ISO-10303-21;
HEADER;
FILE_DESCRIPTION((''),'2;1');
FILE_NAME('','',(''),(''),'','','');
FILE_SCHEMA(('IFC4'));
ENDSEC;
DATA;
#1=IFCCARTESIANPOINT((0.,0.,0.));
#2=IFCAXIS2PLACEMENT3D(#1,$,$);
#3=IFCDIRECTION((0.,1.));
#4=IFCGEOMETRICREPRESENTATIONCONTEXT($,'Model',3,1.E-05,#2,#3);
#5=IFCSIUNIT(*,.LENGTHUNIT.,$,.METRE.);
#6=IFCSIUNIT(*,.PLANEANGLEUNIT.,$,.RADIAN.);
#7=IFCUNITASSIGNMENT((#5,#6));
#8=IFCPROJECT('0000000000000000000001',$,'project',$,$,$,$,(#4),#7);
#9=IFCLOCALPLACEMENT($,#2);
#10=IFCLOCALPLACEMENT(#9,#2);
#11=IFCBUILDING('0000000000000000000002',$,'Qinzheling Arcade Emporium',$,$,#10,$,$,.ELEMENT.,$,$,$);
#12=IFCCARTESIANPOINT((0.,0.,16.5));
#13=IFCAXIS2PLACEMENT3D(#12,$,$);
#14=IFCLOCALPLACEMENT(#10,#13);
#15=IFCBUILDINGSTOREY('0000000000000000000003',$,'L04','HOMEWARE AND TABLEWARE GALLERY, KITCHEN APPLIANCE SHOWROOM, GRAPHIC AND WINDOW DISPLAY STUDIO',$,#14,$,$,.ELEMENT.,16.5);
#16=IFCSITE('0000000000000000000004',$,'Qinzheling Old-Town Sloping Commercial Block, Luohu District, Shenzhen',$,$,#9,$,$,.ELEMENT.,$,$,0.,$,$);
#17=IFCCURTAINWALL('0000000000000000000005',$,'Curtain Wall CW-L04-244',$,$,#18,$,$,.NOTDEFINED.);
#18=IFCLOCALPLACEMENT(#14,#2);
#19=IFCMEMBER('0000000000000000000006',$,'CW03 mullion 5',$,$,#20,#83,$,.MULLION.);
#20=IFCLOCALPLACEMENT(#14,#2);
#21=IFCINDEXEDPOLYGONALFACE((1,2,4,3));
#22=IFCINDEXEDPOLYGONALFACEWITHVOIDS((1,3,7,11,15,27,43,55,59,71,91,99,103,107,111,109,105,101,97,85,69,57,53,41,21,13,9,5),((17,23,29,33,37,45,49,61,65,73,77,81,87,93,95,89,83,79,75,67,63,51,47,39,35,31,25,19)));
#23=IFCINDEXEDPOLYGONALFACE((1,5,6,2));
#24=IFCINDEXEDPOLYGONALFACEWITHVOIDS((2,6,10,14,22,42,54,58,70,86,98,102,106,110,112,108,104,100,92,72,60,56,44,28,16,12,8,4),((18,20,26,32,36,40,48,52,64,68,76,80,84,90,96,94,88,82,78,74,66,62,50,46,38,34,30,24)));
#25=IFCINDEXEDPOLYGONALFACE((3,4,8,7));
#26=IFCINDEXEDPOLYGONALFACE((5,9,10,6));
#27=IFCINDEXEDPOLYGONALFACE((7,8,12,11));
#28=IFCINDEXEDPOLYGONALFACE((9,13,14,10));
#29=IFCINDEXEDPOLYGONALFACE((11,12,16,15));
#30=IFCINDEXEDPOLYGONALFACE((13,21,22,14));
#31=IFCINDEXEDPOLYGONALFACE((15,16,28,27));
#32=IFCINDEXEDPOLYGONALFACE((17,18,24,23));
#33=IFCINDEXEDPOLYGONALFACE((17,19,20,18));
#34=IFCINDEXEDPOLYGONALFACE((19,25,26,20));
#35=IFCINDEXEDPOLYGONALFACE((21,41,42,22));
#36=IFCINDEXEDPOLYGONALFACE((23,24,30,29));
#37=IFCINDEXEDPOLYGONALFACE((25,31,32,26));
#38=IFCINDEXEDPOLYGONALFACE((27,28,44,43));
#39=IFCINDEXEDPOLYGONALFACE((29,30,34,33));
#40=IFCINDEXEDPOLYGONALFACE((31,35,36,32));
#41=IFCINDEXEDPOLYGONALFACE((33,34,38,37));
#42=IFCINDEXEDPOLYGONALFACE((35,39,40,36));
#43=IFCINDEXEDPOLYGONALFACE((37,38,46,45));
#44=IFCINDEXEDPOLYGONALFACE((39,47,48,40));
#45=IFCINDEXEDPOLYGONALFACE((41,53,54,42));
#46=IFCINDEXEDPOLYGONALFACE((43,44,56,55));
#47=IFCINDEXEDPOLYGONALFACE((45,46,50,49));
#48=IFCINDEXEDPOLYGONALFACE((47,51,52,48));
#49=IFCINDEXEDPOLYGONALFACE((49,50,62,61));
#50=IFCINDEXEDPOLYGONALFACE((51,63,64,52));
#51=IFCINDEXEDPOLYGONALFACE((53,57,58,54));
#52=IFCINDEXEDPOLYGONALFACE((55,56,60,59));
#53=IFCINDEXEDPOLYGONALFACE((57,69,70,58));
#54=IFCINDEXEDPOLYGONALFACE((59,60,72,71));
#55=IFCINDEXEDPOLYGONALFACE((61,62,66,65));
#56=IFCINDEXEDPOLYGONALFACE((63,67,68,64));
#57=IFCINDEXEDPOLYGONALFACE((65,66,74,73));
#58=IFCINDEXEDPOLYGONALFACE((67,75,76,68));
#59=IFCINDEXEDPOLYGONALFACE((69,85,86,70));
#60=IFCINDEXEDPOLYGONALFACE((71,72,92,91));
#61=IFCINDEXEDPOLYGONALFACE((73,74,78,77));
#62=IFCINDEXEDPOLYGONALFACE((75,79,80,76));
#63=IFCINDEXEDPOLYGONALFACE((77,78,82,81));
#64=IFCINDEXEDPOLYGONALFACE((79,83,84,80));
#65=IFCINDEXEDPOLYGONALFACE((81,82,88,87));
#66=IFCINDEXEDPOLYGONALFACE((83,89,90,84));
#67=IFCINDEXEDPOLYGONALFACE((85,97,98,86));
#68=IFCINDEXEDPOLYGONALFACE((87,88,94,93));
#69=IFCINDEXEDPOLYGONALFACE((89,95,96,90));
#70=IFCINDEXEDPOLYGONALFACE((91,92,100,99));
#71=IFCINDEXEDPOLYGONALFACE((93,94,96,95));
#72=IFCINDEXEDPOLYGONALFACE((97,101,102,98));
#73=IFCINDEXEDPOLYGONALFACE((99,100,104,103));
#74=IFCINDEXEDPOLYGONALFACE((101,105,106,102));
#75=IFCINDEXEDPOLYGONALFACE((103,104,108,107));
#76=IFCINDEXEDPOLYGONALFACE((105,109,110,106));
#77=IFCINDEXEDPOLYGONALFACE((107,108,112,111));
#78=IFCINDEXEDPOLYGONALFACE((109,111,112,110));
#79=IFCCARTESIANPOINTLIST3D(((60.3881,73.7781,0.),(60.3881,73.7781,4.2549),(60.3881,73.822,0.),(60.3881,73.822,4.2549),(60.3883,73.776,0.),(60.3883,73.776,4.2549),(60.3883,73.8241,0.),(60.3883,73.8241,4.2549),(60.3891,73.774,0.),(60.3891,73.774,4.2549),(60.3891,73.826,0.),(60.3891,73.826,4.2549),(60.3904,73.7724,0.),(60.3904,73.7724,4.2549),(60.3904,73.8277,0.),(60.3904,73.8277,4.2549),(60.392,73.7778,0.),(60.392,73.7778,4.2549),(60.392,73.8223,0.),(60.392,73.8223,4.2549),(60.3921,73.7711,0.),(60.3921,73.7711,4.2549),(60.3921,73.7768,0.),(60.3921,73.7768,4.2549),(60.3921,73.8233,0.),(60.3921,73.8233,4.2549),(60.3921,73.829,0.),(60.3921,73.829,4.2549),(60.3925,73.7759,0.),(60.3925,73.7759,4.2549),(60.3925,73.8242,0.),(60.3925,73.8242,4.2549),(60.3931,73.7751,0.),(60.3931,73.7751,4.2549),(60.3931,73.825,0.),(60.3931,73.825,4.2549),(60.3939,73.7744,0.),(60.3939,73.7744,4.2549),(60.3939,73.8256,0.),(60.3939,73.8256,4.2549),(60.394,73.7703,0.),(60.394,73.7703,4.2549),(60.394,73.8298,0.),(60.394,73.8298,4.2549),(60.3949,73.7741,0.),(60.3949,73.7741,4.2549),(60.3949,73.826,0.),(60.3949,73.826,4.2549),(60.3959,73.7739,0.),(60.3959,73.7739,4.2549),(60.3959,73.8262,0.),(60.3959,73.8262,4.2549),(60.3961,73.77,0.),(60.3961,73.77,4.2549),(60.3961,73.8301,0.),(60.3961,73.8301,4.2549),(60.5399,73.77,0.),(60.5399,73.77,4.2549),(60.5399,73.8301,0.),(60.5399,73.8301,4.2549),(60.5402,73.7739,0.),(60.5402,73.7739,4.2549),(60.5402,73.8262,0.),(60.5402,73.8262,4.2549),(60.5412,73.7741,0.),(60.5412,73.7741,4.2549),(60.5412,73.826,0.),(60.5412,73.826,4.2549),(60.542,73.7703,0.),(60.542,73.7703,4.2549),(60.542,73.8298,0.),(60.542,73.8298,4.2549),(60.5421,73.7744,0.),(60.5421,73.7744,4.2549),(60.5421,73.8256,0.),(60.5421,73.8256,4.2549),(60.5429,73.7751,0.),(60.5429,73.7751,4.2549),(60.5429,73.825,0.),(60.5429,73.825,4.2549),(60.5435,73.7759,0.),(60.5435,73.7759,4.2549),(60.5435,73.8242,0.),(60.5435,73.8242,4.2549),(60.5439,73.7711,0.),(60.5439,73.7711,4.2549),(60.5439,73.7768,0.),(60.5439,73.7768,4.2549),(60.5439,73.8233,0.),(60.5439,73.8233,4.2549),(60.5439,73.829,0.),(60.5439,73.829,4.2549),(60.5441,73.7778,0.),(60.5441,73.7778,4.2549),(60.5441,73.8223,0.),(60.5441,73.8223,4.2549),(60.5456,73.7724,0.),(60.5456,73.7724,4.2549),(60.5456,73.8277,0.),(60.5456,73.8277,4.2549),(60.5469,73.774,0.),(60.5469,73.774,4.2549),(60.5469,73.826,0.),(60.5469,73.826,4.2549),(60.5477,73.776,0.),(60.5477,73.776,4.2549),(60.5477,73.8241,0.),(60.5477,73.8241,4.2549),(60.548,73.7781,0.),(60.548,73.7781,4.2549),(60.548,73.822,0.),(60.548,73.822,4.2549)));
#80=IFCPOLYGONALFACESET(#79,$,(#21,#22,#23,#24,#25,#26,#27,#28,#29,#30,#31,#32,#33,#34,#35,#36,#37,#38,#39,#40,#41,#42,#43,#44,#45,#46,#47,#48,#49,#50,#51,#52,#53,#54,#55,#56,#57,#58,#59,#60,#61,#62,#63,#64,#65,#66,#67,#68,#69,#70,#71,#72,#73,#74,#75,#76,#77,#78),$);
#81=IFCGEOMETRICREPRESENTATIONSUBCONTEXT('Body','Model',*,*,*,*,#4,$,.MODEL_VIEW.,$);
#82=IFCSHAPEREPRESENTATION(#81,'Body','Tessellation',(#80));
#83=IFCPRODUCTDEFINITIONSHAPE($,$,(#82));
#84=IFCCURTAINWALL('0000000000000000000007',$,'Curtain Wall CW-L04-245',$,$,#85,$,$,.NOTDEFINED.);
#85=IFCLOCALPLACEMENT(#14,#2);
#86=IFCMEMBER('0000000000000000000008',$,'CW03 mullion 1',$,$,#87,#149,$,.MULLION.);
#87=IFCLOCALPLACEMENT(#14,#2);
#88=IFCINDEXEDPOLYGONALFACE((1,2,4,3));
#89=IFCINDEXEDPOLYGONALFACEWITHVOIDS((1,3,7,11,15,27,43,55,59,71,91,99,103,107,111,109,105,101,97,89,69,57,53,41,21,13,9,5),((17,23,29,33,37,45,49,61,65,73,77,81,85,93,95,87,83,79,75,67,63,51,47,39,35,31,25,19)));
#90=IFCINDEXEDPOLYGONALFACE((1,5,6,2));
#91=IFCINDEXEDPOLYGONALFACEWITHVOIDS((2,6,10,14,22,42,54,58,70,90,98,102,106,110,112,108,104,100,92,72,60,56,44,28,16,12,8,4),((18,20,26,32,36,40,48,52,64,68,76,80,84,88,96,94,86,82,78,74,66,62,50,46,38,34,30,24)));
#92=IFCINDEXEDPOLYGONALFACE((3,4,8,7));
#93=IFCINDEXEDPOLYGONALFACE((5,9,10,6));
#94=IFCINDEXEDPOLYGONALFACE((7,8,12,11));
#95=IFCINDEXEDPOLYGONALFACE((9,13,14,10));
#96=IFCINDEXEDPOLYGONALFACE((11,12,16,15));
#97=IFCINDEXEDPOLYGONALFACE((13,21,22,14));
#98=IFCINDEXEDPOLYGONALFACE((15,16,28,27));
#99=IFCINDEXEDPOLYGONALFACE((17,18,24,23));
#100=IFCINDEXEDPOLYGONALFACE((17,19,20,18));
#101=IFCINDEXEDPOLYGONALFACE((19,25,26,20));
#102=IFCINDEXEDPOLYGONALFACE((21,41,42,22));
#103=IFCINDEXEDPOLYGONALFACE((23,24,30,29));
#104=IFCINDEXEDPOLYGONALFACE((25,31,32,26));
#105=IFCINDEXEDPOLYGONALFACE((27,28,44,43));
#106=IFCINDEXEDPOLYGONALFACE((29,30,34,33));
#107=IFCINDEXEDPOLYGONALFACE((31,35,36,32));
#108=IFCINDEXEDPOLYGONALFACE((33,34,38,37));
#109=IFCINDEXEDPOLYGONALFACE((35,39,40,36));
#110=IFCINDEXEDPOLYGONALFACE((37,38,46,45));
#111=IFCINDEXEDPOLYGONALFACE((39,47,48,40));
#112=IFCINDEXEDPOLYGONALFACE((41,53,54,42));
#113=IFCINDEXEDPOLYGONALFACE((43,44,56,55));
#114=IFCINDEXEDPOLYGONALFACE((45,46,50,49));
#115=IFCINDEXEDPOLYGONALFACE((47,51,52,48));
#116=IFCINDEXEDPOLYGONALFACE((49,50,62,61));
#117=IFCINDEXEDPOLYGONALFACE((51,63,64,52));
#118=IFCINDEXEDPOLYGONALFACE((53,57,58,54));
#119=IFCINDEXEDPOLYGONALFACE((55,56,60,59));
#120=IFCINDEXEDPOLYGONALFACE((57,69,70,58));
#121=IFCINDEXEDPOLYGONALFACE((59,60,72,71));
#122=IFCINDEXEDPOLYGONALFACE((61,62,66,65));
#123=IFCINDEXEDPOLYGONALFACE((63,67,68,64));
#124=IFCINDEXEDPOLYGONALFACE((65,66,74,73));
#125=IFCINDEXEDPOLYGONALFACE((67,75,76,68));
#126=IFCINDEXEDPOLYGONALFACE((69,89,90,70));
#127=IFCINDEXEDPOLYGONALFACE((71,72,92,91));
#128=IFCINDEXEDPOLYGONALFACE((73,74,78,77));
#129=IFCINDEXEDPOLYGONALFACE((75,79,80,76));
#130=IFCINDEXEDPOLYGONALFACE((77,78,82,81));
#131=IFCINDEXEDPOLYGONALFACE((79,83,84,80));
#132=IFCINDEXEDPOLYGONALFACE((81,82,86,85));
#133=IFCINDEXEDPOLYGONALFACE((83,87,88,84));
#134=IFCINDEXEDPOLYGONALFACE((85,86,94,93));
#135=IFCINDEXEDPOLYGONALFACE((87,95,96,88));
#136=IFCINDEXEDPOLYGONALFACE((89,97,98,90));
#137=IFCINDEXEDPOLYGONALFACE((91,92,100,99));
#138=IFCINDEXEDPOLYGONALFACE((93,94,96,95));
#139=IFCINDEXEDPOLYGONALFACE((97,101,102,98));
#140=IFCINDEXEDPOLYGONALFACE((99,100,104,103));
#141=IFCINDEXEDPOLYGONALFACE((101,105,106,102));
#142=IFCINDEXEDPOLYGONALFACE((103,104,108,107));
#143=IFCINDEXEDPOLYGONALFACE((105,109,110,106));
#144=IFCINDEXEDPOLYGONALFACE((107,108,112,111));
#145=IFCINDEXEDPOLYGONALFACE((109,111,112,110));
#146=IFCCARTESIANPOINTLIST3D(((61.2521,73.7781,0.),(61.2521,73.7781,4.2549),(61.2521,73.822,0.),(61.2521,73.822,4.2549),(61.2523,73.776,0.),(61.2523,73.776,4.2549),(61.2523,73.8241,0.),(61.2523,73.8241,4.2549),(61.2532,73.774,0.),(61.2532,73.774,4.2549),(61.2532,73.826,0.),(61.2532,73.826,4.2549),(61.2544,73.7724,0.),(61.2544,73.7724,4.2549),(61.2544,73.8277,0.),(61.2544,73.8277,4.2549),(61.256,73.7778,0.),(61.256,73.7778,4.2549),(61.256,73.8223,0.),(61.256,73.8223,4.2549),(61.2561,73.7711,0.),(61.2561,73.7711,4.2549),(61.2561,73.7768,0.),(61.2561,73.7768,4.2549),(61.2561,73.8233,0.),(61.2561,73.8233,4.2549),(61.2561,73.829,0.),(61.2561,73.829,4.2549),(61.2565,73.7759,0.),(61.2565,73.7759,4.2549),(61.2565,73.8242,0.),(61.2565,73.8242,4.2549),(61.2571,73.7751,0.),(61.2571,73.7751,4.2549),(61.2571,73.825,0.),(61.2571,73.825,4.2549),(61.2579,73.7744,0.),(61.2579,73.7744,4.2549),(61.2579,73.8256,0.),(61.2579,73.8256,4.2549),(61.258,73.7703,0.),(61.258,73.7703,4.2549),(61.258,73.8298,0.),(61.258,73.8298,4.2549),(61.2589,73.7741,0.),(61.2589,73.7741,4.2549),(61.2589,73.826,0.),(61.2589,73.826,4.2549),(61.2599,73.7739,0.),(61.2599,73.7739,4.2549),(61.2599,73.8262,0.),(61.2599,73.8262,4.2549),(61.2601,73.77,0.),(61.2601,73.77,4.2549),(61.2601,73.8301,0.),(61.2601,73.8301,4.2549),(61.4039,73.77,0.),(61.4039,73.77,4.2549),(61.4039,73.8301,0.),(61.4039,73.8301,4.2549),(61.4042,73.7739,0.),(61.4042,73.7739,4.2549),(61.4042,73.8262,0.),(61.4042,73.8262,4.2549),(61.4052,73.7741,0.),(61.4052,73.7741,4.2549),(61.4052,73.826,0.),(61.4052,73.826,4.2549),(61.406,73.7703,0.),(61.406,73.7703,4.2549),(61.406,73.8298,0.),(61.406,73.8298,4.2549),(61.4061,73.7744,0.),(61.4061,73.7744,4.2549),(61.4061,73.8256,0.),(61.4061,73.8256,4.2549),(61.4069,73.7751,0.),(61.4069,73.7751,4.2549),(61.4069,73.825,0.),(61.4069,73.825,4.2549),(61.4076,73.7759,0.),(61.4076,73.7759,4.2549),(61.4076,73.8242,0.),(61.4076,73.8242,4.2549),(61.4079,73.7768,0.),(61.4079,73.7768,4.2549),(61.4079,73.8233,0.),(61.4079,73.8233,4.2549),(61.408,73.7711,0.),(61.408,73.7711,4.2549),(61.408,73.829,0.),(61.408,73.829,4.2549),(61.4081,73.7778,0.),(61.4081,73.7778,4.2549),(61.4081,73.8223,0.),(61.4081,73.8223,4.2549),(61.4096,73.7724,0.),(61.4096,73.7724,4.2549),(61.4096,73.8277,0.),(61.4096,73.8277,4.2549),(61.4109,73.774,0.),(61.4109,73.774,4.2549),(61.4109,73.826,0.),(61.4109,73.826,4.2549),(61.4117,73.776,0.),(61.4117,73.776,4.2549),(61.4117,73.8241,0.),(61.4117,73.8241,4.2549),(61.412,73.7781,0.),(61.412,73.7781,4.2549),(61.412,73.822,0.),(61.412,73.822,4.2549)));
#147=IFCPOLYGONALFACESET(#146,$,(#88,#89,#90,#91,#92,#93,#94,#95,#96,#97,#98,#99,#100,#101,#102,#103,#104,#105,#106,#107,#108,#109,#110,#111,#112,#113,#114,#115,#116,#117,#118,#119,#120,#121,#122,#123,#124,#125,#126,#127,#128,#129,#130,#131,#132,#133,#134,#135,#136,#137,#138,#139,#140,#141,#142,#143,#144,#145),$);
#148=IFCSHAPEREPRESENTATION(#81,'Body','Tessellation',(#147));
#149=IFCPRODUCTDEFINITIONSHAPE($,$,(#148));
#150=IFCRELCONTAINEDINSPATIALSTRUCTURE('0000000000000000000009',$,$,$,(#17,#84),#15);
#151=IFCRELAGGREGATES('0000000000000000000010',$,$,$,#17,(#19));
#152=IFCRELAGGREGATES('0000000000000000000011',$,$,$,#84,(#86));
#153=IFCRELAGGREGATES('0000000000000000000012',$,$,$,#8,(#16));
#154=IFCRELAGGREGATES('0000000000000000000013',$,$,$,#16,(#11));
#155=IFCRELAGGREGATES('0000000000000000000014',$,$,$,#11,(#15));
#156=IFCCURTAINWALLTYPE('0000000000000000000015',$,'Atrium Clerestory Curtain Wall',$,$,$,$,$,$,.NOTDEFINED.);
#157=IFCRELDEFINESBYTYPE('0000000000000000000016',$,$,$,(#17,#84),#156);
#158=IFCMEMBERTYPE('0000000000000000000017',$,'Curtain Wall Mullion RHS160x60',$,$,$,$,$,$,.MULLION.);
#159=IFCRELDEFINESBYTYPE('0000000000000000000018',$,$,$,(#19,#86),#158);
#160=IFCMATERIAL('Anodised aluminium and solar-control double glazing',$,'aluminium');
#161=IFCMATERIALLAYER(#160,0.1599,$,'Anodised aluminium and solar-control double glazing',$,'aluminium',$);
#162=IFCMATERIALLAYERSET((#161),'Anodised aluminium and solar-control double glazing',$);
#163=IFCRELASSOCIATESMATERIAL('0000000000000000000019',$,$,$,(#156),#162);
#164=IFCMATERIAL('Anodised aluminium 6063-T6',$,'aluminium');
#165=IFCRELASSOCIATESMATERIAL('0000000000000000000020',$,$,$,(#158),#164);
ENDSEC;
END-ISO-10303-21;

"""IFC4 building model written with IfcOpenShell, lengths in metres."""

from ifc_helpers import new_model, si_unit, direction, frame, origin, origin_2d, place, context, subcontext, project, spatial, hollow_rectangle, extrude, material, layer, layer_set, material_profile, profile_set, type_object, element, aggregate, save


model = new_model("IFC4")

# Units and contexts
model_context = context("Model", 3, precision=1e-05, world=origin(), true_north=direction((0.0, 1.0)))
body_context = subcontext(model_context, "Body", "Model", "MODEL_VIEW")
ifc_project = project(units=[si_unit("LENGTHUNIT", "METRE"), si_unit("PLANEANGLEUNIT", "RADIAN")], contexts=[model_context])

# Site, building, storey
site_placement = place(None, origin())
site = spatial("IfcSite", under=ifc_project, at=site_placement, Name="Qinzheling Old-Town Sloping Commercial Block, Luohu District, Shenzhen", CompositionType="ELEMENT", RefElevation=0.0)
building_placement = place(site_placement, origin())
building = spatial("IfcBuilding", under=site, at=building_placement, Name="Qinzheling Arcade Emporium", CompositionType="ELEMENT")
storey_placement = place(building_placement, frame((0.0, 0.0, 16.5)))
storey = spatial("IfcBuildingStorey", under=building, at=storey_placement, Name="L04", Description="HOMEWARE AND TABLEWARE GALLERY, KITCHEN APPLIANCE SHOWROOM, GRAPHIC AND WINDOW DISPLAY STUDIO", CompositionType="ELEMENT", Elevation=16.5)

# Curtain walls, members
ifc_material_1 = material(Name="Anodised aluminium and solar-control double glazing", Category="aluminium")
ifc_layer_1 = layer(ifc_material_1, 0.1599, Name="Anodised aluminium and solar-control double glazing", Category="aluminium")
ifc_layer_set_1 = layer_set([ifc_layer_1], Name="Anodised aluminium and solar-control double glazing")
curtain_wall_type = type_object("IfcCurtainWallType", Name="Atrium Clerestory Curtain Wall", PredefinedType="NOTDEFINED", material=ifc_layer_set_1)
curtain_wall_1_placement = place(storey_placement, origin())
curtain_wall_1 = element("IfcCurtainWall", 1, at=curtain_wall_1_placement, inside=storey, type_object=curtain_wall_type, Name="Curtain Wall CW-L04-244", PredefinedType="NOTDEFINED")
ifc_material_2 = material(Name="Anodised aluminium 6063-T6", Category="aluminium")
ifc_material_profile_1 = material_profile(ifc_material_2, hollow_rectangle(XDim=0.0601, YDim=0.1599, WallThickness=0.0039, InnerFilletRadius=0.0039, OuterFilletRadius=0.0081, at=origin_2d()), Name="RHS 160x60x4", Category="aluminium")
ifc_profile_set_1 = profile_set([ifc_material_profile_1], Name="Anodised aluminium 6063-T6")
member_type_1 = type_object("IfcMemberType", Name="Curtain Wall Mullion RHS160x60", PredefinedType="MULLION", material=ifc_profile_set_1)
member_1_placement = place(storey_placement, frame((60.468, 73.8, 0.0), z_axis=(0.0, 0.0, 1.0), x_axis=(0.0, 1.0, 0.0)))
member_1 = element("IfcMember", 2, at=member_1_placement, type_object=member_type_1, Name="CW03 mullion 5", PredefinedType="MULLION", context=body_context, shape_type="SweptSolid", body=[
    extrude(hollow_rectangle(XDim=0.0601, YDim=0.1599, WallThickness=0.0039, InnerFilletRadius=0.0039, OuterFilletRadius=0.0081, at=origin_2d()), origin(), (0.0, 0.0, 1.0), 4.2549),
])
curtain_wall_2_placement = place(storey_placement, origin())
curtain_wall_2 = element("IfcCurtainWall", 3, at=curtain_wall_2_placement, inside=storey, type_object=curtain_wall_type, Name="Curtain Wall CW-L04-245", PredefinedType="NOTDEFINED")
member_2_placement = place(storey_placement, frame((61.332, 73.8, 0.0), z_axis=(0.0, 0.0, 1.0), x_axis=(0.0, 1.0, 0.0)))
member_2 = element("IfcMember", 4, at=member_2_placement, type_object=member_type_1, Name="CW03 mullion 1", PredefinedType="MULLION", context=body_context, shape_type="SweptSolid", body=[
    extrude(hollow_rectangle(XDim=0.0601, YDim=0.1599, WallThickness=0.0039, InnerFilletRadius=0.0039, OuterFilletRadius=0.0081, at=origin_2d()), origin(), (0.0, 0.0, 1.0), 4.2549),
])

aggregate(curtain_wall_1, [member_1])
aggregate(curtain_wall_2, [member_2])

save(model, "model.ifc")
